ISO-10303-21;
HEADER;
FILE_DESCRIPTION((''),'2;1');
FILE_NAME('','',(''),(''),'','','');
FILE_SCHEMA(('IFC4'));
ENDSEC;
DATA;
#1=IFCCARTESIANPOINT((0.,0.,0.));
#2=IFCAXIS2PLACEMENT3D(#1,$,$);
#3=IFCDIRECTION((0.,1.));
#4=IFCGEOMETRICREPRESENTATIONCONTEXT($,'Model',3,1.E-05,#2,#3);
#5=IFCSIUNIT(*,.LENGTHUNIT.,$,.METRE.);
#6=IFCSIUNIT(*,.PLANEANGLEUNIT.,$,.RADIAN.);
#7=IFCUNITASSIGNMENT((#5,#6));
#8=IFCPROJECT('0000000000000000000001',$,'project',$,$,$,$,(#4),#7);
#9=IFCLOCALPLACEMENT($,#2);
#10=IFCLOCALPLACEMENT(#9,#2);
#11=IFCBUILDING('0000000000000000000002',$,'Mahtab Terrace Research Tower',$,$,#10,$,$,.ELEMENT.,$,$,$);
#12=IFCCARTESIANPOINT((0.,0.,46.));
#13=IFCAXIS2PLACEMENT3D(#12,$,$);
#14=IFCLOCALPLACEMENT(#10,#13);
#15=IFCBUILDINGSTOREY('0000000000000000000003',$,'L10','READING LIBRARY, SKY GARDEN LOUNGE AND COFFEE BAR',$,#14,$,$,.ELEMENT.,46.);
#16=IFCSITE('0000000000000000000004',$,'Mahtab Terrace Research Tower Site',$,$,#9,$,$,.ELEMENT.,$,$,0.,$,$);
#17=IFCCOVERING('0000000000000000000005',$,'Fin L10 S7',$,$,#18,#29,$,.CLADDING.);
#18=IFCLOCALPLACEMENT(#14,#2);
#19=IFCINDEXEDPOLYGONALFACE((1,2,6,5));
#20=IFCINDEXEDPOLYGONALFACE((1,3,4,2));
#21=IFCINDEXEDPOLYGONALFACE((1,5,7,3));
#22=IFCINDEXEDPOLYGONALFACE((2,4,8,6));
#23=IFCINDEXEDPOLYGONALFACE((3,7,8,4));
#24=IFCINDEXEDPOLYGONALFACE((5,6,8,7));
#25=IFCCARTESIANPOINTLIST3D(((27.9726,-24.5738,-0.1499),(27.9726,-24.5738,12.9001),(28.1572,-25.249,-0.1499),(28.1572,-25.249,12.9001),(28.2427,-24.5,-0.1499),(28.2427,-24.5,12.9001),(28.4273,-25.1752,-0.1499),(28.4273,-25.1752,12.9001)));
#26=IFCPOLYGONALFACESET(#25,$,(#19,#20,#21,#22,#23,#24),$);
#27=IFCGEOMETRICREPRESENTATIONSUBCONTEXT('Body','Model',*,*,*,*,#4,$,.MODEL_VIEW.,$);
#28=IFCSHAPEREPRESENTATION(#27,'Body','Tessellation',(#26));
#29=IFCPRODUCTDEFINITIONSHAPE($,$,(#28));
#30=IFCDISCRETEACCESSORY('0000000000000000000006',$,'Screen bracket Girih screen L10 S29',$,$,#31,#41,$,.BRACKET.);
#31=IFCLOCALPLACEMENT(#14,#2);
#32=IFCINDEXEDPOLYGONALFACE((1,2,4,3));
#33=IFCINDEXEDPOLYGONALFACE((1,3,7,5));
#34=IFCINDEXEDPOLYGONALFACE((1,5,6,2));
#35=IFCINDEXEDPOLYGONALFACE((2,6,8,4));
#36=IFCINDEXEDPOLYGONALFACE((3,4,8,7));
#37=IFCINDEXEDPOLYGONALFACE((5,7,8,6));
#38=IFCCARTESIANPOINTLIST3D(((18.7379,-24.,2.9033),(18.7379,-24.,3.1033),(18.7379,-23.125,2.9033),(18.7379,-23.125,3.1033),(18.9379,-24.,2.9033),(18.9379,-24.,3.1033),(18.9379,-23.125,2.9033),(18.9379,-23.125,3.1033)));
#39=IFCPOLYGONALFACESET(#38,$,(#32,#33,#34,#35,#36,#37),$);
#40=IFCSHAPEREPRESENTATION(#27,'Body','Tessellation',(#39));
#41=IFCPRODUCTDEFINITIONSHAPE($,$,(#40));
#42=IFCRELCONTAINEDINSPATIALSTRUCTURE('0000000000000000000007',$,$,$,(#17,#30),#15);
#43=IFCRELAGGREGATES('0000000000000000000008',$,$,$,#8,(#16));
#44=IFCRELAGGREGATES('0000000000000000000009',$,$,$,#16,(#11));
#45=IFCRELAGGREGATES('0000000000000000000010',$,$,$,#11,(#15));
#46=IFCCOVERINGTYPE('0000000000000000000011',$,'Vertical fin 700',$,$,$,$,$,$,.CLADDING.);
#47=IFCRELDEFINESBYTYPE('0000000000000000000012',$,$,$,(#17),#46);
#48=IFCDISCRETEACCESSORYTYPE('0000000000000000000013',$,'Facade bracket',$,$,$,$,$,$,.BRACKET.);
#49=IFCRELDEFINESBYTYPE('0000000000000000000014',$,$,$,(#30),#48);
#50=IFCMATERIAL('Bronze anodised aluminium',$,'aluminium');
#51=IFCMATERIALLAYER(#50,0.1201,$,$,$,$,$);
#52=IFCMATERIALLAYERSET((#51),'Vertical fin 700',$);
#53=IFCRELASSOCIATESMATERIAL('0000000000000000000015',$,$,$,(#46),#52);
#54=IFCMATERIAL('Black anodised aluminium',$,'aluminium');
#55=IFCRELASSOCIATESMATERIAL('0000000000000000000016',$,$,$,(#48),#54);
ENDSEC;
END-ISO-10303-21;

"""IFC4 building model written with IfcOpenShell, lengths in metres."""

from ifc_helpers import new_model, si_unit, direction, frame, origin, origin_2d, place, context, subcontext, project, spatial, rectangle, extrude, material, layer, layer_set, type_object, element, save


model = new_model("IFC4")

# Units and contexts
model_context = context("Model", 3, precision=1e-05, world=origin(), true_north=direction((0.0, 1.0)))
body_context = subcontext(model_context, "Body", "Model", "MODEL_VIEW")
ifc_project = project(units=[si_unit("LENGTHUNIT", "METRE"), si_unit("PLANEANGLEUNIT", "RADIAN")], contexts=[model_context])

# Site, building, storey
site_placement = place(None, origin())
site = spatial("IfcSite", under=ifc_project, at=site_placement, Name="Mahtab Terrace Research Tower Site", CompositionType="ELEMENT", RefElevation=0.0)
building_placement = place(site_placement, origin())
building = spatial("IfcBuilding", under=site, at=building_placement, Name="Mahtab Terrace Research Tower", CompositionType="ELEMENT")
storey_placement = place(building_placement, frame((0.0, 0.0, 46.0)))
storey = spatial("IfcBuildingStorey", under=building, at=storey_placement, Name="L10", Description="READING LIBRARY, SKY GARDEN LOUNGE AND COFFEE BAR", CompositionType="ELEMENT", Elevation=46.0)

# Covering
ifc_material_1 = material(Name="Bronze anodised aluminium", Category="aluminium")
ifc_layer_1 = layer(ifc_material_1, 0.1201)
ifc_layer_set_1 = layer_set([ifc_layer_1], Name="Vertical fin 700")
covering_type_1 = type_object("IfcCoveringType", Name="Vertical fin 700", PredefinedType="CLADDING", material=ifc_layer_set_1)
for number, where, z_axis, x_axis, name in (
    (1, (28.2, -24.8745, -0.1499), (0.0, 0.0, 1.0), (0.964623, 0.263633, 0.0), "Fin L10 S7"),
):
    element("IfcCovering", number, at=place(storey_placement, frame(where, z_axis=z_axis, x_axis=x_axis)), inside=storey, type_object=covering_type_1, Name=name, PredefinedType="CLADDING", context=body_context, shape_type="SweptSolid", body=[
        extrude(rectangle(XDim=0.28, YDim=0.7, at=origin_2d()), origin(), (0.0, 0.0, 1.0), 13.05),
    ])

# Discrete accessory
ifc_material_2 = material(Name="Black anodised aluminium", Category="aluminium")
discrete_accessory_type = type_object("IfcDiscreteAccessoryType", Name="Facade bracket", PredefinedType="BRACKET", material=ifc_material_2)
discrete_accessory_placement = place(storey_placement, frame((18.8379, -23.5625, 2.9033), z_axis=(0.0, 0.0, 1.0), x_axis=(1.0, 0.0, 0.0)))
element("IfcDiscreteAccessory", 2, at=discrete_accessory_placement, inside=storey, type_object=discrete_accessory_type, Name="Screen bracket Girih screen L10 S29", PredefinedType="BRACKET", context=body_context, shape_type="SweptSolid", body=[
    extrude(rectangle(XDim=0.2, YDim=0.875, at=origin_2d()), origin(), (0.0, 0.0, 1.0), 0.2),
])

save(model, "model.ifc")
